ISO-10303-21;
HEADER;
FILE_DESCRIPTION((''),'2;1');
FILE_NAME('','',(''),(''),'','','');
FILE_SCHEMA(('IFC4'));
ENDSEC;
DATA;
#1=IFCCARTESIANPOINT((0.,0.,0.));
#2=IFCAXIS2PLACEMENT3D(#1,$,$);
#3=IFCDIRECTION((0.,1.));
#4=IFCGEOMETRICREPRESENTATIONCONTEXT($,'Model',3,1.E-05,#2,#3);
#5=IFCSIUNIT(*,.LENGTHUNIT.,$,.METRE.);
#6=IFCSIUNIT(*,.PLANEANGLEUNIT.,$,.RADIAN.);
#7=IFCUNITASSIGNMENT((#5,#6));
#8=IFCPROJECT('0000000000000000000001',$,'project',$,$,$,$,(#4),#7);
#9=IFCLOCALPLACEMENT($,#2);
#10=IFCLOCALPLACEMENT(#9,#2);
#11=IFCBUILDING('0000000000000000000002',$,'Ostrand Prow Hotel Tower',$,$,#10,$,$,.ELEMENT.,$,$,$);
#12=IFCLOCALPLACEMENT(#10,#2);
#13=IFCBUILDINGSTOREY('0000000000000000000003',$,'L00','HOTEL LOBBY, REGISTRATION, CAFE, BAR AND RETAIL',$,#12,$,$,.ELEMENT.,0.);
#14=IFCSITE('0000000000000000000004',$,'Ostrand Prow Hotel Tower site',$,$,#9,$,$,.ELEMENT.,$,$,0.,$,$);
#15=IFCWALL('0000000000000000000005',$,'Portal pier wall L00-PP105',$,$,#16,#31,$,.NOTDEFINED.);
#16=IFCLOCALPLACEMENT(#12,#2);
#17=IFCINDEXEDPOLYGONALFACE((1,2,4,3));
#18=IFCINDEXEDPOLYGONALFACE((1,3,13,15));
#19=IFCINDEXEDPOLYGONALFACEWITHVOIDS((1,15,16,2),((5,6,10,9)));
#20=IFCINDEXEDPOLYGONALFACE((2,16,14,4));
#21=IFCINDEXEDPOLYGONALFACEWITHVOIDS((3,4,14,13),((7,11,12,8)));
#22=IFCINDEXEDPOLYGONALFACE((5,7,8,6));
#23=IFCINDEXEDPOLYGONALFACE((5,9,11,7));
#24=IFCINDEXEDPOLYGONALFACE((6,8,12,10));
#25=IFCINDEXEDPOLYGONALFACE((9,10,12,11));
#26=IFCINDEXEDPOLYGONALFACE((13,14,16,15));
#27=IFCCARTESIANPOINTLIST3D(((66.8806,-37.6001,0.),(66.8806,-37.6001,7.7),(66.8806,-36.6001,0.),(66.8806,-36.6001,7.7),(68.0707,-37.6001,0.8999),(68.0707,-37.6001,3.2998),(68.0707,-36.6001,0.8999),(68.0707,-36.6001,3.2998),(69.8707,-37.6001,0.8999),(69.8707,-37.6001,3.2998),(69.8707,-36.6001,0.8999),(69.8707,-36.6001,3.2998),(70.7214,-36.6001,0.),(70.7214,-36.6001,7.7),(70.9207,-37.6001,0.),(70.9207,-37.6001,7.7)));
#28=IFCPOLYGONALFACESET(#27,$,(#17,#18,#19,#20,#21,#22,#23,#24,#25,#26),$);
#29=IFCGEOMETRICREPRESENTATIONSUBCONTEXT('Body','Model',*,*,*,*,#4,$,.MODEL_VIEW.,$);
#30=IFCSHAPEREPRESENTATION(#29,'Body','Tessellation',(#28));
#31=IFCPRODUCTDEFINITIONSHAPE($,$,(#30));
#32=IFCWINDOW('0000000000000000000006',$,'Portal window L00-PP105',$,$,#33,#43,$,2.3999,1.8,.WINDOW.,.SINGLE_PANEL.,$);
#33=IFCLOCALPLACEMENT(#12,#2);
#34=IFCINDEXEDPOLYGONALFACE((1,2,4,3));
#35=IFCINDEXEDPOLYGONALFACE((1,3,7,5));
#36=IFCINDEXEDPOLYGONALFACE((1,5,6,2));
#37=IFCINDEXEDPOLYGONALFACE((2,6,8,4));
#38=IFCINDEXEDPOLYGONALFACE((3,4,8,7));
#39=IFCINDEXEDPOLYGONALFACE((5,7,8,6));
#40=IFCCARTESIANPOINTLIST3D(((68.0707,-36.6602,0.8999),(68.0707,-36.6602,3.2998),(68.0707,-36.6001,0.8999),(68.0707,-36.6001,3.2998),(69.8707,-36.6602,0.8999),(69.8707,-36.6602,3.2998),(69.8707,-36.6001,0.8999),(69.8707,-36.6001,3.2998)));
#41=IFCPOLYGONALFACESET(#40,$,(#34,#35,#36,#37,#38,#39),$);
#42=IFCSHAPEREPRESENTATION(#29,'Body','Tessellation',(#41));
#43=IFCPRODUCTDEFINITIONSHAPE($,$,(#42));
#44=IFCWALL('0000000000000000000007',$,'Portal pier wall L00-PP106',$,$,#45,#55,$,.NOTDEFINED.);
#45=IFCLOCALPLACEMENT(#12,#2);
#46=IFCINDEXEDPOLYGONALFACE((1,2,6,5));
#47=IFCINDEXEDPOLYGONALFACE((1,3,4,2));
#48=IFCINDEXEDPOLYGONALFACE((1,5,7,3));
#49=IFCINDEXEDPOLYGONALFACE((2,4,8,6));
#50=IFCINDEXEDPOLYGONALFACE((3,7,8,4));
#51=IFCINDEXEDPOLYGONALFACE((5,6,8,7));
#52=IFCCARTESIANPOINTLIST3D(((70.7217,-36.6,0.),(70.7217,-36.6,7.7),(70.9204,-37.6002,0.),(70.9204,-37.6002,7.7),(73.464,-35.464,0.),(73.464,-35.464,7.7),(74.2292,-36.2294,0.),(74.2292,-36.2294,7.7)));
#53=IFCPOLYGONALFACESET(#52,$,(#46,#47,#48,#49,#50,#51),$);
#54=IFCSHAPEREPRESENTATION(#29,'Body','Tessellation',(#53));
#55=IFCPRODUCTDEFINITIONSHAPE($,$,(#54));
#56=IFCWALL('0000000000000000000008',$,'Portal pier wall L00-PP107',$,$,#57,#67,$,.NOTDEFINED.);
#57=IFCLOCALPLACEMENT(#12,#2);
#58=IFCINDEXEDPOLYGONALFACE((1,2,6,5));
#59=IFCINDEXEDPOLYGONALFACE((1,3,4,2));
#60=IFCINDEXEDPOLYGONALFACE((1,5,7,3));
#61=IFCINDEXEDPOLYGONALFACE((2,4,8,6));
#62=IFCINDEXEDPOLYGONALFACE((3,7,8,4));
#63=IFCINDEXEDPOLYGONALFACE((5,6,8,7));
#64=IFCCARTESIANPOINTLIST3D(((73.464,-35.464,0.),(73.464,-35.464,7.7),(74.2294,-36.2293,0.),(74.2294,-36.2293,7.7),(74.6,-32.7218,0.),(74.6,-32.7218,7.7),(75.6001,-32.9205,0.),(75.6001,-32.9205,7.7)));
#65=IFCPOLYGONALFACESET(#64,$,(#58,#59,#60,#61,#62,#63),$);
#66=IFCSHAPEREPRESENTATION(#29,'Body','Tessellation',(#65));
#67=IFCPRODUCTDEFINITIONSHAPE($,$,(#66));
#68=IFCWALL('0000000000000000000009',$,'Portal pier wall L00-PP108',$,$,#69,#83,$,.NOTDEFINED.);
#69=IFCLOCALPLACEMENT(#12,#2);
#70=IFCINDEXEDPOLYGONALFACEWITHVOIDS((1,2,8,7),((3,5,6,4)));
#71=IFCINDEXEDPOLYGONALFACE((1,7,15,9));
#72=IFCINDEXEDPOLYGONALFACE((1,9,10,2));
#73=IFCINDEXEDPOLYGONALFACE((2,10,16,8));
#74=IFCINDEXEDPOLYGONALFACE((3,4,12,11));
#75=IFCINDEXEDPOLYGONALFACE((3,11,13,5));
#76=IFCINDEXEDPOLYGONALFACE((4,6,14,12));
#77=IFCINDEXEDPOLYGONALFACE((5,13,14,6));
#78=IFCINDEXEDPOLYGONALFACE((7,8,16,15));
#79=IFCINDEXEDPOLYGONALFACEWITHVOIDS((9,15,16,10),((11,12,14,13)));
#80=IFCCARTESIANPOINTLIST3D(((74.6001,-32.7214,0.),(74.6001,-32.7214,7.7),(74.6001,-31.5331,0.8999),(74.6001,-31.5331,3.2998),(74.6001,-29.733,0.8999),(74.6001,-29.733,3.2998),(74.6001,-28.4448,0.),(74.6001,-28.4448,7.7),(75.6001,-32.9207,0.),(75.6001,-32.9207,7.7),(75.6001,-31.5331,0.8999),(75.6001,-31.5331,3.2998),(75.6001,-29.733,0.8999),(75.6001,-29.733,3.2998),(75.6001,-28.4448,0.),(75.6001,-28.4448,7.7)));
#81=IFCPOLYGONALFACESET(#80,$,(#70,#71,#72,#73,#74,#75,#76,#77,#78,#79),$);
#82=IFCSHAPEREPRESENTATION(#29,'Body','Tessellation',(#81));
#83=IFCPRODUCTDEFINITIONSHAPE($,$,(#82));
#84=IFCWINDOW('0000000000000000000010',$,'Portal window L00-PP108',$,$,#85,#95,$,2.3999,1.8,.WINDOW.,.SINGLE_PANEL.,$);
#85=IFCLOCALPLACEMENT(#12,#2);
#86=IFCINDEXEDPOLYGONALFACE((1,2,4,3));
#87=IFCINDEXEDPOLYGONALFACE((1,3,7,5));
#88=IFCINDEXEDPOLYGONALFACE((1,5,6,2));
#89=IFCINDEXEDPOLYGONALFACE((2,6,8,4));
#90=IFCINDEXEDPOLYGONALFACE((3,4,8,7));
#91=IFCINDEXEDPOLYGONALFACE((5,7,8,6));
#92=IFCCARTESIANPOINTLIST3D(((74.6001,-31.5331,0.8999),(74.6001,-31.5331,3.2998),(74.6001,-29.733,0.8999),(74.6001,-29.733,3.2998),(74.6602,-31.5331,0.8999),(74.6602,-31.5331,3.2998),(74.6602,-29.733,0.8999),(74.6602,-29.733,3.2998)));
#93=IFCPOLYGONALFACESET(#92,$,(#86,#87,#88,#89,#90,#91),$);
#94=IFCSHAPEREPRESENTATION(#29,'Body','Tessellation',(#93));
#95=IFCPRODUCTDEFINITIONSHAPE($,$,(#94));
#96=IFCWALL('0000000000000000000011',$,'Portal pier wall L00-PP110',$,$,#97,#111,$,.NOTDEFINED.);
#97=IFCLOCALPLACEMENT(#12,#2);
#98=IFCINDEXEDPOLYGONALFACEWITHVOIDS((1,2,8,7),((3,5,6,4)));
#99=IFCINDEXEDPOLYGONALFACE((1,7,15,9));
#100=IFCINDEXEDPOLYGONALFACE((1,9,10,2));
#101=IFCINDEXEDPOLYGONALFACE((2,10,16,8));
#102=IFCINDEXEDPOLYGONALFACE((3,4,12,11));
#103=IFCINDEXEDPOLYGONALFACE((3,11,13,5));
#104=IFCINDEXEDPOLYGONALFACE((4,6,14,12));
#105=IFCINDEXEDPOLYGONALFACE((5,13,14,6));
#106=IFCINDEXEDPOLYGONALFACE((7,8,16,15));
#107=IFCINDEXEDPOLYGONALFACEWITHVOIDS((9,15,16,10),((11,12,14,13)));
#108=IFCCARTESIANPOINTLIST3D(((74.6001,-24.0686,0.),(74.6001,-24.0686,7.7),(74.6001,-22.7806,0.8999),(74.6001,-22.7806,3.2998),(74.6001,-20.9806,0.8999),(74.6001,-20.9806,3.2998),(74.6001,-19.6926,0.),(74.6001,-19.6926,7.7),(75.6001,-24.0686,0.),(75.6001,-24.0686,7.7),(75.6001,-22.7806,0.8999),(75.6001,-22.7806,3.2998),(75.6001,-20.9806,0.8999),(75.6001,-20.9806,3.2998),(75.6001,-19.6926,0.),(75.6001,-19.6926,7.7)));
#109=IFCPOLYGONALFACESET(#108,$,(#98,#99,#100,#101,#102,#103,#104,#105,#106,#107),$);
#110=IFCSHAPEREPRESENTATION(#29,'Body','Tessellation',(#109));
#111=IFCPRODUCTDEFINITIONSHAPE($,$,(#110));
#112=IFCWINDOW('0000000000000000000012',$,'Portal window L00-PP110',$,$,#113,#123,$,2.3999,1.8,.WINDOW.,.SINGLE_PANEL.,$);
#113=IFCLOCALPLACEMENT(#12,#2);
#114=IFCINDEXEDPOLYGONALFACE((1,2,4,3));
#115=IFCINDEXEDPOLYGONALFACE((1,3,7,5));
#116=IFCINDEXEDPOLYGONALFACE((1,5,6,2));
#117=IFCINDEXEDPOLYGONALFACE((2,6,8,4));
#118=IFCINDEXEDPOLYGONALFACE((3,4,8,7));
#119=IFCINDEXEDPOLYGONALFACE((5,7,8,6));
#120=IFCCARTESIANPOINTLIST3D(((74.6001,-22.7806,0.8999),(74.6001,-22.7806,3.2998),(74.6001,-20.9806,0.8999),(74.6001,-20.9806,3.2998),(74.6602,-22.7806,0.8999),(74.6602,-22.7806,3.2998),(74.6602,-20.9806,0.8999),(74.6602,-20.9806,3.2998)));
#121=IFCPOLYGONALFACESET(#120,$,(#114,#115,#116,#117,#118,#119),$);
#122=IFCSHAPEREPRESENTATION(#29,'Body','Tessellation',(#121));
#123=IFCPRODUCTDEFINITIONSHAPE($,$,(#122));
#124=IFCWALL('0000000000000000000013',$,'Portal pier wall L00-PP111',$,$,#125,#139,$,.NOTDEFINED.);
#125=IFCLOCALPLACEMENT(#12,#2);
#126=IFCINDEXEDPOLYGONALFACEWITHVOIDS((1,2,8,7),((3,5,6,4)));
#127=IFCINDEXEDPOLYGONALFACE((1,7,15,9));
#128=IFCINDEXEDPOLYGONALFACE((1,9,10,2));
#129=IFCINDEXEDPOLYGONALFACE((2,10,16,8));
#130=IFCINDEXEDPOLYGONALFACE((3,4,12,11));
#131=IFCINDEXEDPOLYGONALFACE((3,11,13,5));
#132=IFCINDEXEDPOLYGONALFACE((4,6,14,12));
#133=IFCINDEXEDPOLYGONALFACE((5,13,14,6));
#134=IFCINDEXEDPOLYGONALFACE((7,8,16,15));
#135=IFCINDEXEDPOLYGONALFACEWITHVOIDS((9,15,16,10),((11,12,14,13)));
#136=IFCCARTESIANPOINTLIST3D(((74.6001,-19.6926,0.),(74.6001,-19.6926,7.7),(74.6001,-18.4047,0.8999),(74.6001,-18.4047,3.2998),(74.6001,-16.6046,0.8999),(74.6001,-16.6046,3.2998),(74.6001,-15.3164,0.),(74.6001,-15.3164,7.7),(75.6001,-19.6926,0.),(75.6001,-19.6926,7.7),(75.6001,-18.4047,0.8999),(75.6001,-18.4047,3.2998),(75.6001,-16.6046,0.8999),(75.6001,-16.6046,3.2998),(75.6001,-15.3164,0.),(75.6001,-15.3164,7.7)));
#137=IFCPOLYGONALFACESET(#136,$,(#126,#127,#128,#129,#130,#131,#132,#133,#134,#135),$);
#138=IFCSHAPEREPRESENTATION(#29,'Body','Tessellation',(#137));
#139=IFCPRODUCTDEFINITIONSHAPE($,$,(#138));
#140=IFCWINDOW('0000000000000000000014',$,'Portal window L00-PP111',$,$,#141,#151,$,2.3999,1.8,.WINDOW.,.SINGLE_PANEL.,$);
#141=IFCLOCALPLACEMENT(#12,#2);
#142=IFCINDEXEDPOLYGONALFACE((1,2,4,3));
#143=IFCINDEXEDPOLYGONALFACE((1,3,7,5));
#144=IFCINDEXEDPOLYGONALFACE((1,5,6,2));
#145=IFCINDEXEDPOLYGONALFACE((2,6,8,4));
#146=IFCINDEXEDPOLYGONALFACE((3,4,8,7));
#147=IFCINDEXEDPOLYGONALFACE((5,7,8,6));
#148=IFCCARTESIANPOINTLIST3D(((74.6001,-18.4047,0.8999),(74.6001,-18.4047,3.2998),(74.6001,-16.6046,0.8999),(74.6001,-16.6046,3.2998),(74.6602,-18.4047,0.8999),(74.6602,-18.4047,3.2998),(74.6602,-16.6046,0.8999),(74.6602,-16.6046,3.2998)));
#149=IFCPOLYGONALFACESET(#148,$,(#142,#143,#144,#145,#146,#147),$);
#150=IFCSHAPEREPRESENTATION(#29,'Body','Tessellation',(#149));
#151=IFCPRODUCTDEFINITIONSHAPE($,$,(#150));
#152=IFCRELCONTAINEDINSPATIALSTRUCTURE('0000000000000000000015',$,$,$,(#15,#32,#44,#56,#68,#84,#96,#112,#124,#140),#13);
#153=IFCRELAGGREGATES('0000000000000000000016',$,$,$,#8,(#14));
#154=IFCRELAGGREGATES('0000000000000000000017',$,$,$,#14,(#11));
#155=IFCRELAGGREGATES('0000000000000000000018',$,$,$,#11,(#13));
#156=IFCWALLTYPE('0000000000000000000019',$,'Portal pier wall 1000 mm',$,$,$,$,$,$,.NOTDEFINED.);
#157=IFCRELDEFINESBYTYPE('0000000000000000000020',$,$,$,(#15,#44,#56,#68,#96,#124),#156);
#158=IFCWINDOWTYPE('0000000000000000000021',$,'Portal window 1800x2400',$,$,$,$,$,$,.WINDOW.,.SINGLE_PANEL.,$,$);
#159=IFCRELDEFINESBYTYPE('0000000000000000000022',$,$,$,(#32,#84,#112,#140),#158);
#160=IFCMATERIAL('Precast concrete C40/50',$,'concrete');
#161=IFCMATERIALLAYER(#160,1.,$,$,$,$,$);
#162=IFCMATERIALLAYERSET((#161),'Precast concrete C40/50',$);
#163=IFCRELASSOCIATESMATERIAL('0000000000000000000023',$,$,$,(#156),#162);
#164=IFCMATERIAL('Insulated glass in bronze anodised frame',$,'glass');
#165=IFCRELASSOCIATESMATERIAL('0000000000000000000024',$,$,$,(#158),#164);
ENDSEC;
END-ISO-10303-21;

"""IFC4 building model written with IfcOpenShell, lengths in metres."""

from ifc_helpers import new_model, si_unit, direction, frame, frame_2d, origin, place, context, subcontext, project, spatial, polyline, rectangle, outline, extrude, material, layer, layer_set, type_object, element, fill, save


model = new_model("IFC4")

# Units and contexts
model_context = context("Model", 3, precision=1e-05, world=origin(), true_north=direction((0.0, 1.0)))
body_context = subcontext(model_context, "Body", "Model", "MODEL_VIEW")
ifc_project = project(units=[si_unit("LENGTHUNIT", "METRE"), si_unit("PLANEANGLEUNIT", "RADIAN")], contexts=[model_context])

# Site, building, storey
site_placement = place(None, origin())
site = spatial("IfcSite", under=ifc_project, at=site_placement, Name="Ostrand Prow Hotel Tower site", CompositionType="ELEMENT", RefElevation=0.0)
building_placement = place(site_placement, origin())
building = spatial("IfcBuilding", under=site, at=building_placement, Name="Ostrand Prow Hotel Tower", CompositionType="ELEMENT")
storey_placement = place(building_placement, origin())
storey = spatial("IfcBuildingStorey", under=building, at=storey_placement, Name="L00", Description="HOTEL LOBBY, REGISTRATION, CAFE, BAR AND RETAIL", CompositionType="ELEMENT", Elevation=0.0)

# Wall, opening, window
ifc_material_1 = material(Name="Precast concrete C40/50", Category="concrete")
ifc_layer_1 = layer(ifc_material_1, 1.0)
ifc_layer_set_1 = layer_set([ifc_layer_1], Name="Precast concrete C40/50")
wall_type_1 = type_object("IfcWallType", Name="Portal pier wall 1000 mm", PredefinedType="NOTDEFINED", material=ifc_layer_set_1)
wall_1_placement = place(storey_placement, frame((66.8806, -37.1001, 0.0), z_axis=(0.0, 0.0, 1.0), x_axis=(1.0, 0.0, 0.0)))
wall_1 = element("IfcWall", 1, at=wall_1_placement, inside=storey, type_object=wall_type_1, Name="Portal pier wall L00-PP105", PredefinedType="NOTDEFINED", context=body_context, shape_type="SweptSolid", body=[
    extrude(outline(polyline([(0.0, -0.5), (4.04, -0.5), (3.8408, 0.5), (0.0, 0.5), (0.0, -0.5)])), origin(), (0.0, 0.0, 1.0), 7.7),
])
opening_1_placement = place(wall_1_placement, frame((1.1902, 0.0, 0.8999)))
opening_1 = element("IfcOpeningElement", 2, at=opening_1_placement, cuts=wall_1, PredefinedType="OPENING", context=body_context, shape_type="SweptSolid", body=[
    extrude(rectangle(XDim=1.8, YDim=2.3999, at=frame_2d((0.8999, 1.2))), frame((0.0, 0.51, 0.0), z_axis=(0.0, -1.0, 0.0), x_axis=(1.0, 0.0, 0.0)), (0.0, 0.0, 1.0), 1.02),
])
ifc_material_2 = material(Name="Insulated glass in bronze anodised frame", Category="glass")
window_type = type_object("IfcWindowType", Name="Portal window 1800x2400", PartitioningType="SINGLE_PANEL", PredefinedType="WINDOW", material=ifc_material_2)
window_1_placement = place(opening_1_placement, origin())
window_1 = element("IfcWindow", 3, at=window_1_placement, inside=storey, type_object=window_type, Name="Portal window L00-PP105", OverallHeight=2.3999, OverallWidth=1.8, PartitioningType="SINGLE_PANEL", PredefinedType="WINDOW", context=body_context, shape_type="SweptSolid", body=[
    extrude(rectangle(XDim=1.8, YDim=2.3999, at=frame_2d((0.8999, 1.2))), frame((0.0, 0.5, 0.0), z_axis=(0.0, -1.0, 0.0), x_axis=(1.0, 0.0, 0.0)), (0.0, 0.0, 1.0), 0.0601),
])
fill(opening_1, window_1)

# Walls
wall_2_placement = place(storey_placement, frame((70.821, -37.1001, 0.0), z_axis=(0.0, 0.0, 1.0), x_axis=(0.923862, 0.382725, 0.0)))
element("IfcWall", 4, at=wall_2_placement, inside=storey, type_object=wall_type_1, Name="Portal pier wall L00-PP106", PredefinedType="NOTDEFINED", context=body_context, shape_type="SweptSolid", body=[
    extrude(outline(polyline([(-0.0996, -0.5), (3.4819, -0.5), (3.0679, 0.5), (0.0996, 0.5), (-0.0996, -0.5)])), origin(), (0.0, 0.0, 1.0), 7.7),
])
wall_3_placement = place(storey_placement, frame((73.8467, -35.8467, 0.0), z_axis=(0.0, 0.0, 1.0), x_axis=(0.382725, 0.923862, 0.0)))
element("IfcWall", 5, at=wall_3_placement, inside=storey, type_object=wall_type_1, Name="Portal pier wall L00-PP107", PredefinedType="NOTDEFINED", context=body_context, shape_type="SweptSolid", body=[
    extrude(outline(polyline([(-0.207, -0.5), (3.3745, -0.5), (3.1753, 0.5), (0.207, 0.5), (-0.207, -0.5)])), origin(), (0.0, 0.0, 1.0), 7.7),
])

# Wall, opening, window
wall_4_placement = place(storey_placement, frame((75.1001, -32.821, 0.0), z_axis=(0.0, 0.0, 1.0), x_axis=(0.0, 1.0, 0.0)))
wall_4 = element("IfcWall", 6, at=wall_4_placement, inside=storey, type_object=wall_type_1, Name="Portal pier wall L00-PP108", PredefinedType="NOTDEFINED", context=body_context, shape_type="SweptSolid", body=[
    extrude(outline(polyline([(-0.0996, -0.5), (4.3762, -0.5), (4.3762, 0.5), (0.0996, 0.5), (-0.0996, -0.5)])), origin(), (0.0, 0.0, 1.0), 7.7),
])
opening_2_placement = place(wall_4_placement, frame((1.2881, 0.0, 0.8999)))
opening_2 = element("IfcOpeningElement", 7, at=opening_2_placement, cuts=wall_4, PredefinedType="OPENING", context=body_context, shape_type="SweptSolid", body=[
    extrude(rectangle(XDim=1.8, YDim=2.3999, at=frame_2d((0.8999, 1.2))), frame((0.0, 0.51, 0.0), z_axis=(0.0, -1.0, 0.0), x_axis=(1.0, 0.0, 0.0)), (0.0, 0.0, 1.0), 1.02),
])
window_2_placement = place(opening_2_placement, origin())
window_2 = element("IfcWindow", 8, at=window_2_placement, inside=storey, type_object=window_type, Name="Portal window L00-PP108", OverallHeight=2.3999, OverallWidth=1.8, PartitioningType="SINGLE_PANEL", PredefinedType="WINDOW", context=body_context, shape_type="SweptSolid", body=[
    extrude(rectangle(XDim=1.8, YDim=2.3999, at=frame_2d((0.8999, 1.2))), frame((0.0, 0.5, 0.0), z_axis=(0.0, -1.0, 0.0), x_axis=(1.0, 0.0, 0.0)), (0.0, 0.0, 1.0), 0.0601),
])
fill(opening_2, window_2)

# Walls, openings, windows
wall_5_placement = place(storey_placement, frame((75.1001, -24.0686, 0.0), z_axis=(0.0, 0.0, 1.0), x_axis=(0.0, 1.0, 0.0)))
wall_5 = element("IfcWall", 9, at=wall_5_placement, inside=storey, type_object=wall_type_1, Name="Portal pier wall L00-PP110", PredefinedType="NOTDEFINED", context=body_context, shape_type="SweptSolid", body=[
    extrude(outline(polyline([(0.0, -0.5), (4.376, -0.5), (4.376, 0.5), (0.0, 0.5), (0.0, -0.5)])), origin(), (0.0, 0.0, 1.0), 7.7),
])
opening_3_placement = place(wall_5_placement, frame((1.2881, 0.0, 0.8999)))
opening_3 = element("IfcOpeningElement", 10, at=opening_3_placement, cuts=wall_5, PredefinedType="OPENING", context=body_context, shape_type="SweptSolid", body=[
    extrude(rectangle(XDim=1.8, YDim=2.3999, at=frame_2d((0.8999, 1.2))), frame((0.0, 0.51, 0.0), z_axis=(0.0, -1.0, 0.0), x_axis=(1.0, 0.0, 0.0)), (0.0, 0.0, 1.0), 1.02),
])
window_3_placement = place(opening_3_placement, origin())
window_3 = element("IfcWindow", 11, at=window_3_placement, inside=storey, type_object=window_type, Name="Portal window L00-PP110", OverallHeight=2.3999, OverallWidth=1.8, PartitioningType="SINGLE_PANEL", PredefinedType="WINDOW", context=body_context, shape_type="SweptSolid", body=[
    extrude(rectangle(XDim=1.8, YDim=2.3999, at=frame_2d((0.8999, 1.2))), frame((0.0, 0.5, 0.0), z_axis=(0.0, -1.0, 0.0), x_axis=(1.0, 0.0, 0.0)), (0.0, 0.0, 1.0), 0.0601),
])
fill(opening_3, window_3)
wall_6_placement = place(storey_placement, frame((75.1001, -19.6926, 0.0), z_axis=(0.0, 0.0, 1.0), x_axis=(0.0, 1.0, 0.0)))
wall_6 = element("IfcWall", 12, at=wall_6_placement, inside=storey, type_object=wall_type_1, Name="Portal pier wall L00-PP111", PredefinedType="NOTDEFINED", context=body_context, shape_type="SweptSolid", body=[
    extrude(outline(polyline([(0.0, -0.5), (4.3762, -0.5), (4.3762, 0.5), (0.0, 0.5), (0.0, -0.5)])), origin(), (0.0, 0.0, 1.0), 7.7),
])
opening_4_placement = place(wall_6_placement, frame((1.2881, 0.0, 0.8999)))
opening_4 = element("IfcOpeningElement", 13, at=opening_4_placement, cuts=wall_6, PredefinedType="OPENING", context=body_context, shape_type="SweptSolid", body=[
    extrude(rectangle(XDim=1.8, YDim=2.3999, at=frame_2d((0.8999, 1.2))), frame((0.0, 0.51, 0.0), z_axis=(0.0, -1.0, 0.0), x_axis=(1.0, 0.0, 0.0)), (0.0, 0.0, 1.0), 1.02),
])
window_4_placement = place(opening_4_placement, origin())
window_4 = element("IfcWindow", 14, at=window_4_placement, inside=storey, type_object=window_type, Name="Portal window L00-PP111", OverallHeight=2.3999, OverallWidth=1.8, PartitioningType="SINGLE_PANEL", PredefinedType="WINDOW", context=body_context, shape_type="SweptSolid", body=[
    extrude(rectangle(XDim=1.8, YDim=2.3999, at=frame_2d((0.8999, 1.2))), frame((0.0, 0.5, 0.0), z_axis=(0.0, -1.0, 0.0), x_axis=(1.0, 0.0, 0.0)), (0.0, 0.0, 1.0), 0.0601),
])
fill(opening_4, window_4)

save(model, "model.ifc")
